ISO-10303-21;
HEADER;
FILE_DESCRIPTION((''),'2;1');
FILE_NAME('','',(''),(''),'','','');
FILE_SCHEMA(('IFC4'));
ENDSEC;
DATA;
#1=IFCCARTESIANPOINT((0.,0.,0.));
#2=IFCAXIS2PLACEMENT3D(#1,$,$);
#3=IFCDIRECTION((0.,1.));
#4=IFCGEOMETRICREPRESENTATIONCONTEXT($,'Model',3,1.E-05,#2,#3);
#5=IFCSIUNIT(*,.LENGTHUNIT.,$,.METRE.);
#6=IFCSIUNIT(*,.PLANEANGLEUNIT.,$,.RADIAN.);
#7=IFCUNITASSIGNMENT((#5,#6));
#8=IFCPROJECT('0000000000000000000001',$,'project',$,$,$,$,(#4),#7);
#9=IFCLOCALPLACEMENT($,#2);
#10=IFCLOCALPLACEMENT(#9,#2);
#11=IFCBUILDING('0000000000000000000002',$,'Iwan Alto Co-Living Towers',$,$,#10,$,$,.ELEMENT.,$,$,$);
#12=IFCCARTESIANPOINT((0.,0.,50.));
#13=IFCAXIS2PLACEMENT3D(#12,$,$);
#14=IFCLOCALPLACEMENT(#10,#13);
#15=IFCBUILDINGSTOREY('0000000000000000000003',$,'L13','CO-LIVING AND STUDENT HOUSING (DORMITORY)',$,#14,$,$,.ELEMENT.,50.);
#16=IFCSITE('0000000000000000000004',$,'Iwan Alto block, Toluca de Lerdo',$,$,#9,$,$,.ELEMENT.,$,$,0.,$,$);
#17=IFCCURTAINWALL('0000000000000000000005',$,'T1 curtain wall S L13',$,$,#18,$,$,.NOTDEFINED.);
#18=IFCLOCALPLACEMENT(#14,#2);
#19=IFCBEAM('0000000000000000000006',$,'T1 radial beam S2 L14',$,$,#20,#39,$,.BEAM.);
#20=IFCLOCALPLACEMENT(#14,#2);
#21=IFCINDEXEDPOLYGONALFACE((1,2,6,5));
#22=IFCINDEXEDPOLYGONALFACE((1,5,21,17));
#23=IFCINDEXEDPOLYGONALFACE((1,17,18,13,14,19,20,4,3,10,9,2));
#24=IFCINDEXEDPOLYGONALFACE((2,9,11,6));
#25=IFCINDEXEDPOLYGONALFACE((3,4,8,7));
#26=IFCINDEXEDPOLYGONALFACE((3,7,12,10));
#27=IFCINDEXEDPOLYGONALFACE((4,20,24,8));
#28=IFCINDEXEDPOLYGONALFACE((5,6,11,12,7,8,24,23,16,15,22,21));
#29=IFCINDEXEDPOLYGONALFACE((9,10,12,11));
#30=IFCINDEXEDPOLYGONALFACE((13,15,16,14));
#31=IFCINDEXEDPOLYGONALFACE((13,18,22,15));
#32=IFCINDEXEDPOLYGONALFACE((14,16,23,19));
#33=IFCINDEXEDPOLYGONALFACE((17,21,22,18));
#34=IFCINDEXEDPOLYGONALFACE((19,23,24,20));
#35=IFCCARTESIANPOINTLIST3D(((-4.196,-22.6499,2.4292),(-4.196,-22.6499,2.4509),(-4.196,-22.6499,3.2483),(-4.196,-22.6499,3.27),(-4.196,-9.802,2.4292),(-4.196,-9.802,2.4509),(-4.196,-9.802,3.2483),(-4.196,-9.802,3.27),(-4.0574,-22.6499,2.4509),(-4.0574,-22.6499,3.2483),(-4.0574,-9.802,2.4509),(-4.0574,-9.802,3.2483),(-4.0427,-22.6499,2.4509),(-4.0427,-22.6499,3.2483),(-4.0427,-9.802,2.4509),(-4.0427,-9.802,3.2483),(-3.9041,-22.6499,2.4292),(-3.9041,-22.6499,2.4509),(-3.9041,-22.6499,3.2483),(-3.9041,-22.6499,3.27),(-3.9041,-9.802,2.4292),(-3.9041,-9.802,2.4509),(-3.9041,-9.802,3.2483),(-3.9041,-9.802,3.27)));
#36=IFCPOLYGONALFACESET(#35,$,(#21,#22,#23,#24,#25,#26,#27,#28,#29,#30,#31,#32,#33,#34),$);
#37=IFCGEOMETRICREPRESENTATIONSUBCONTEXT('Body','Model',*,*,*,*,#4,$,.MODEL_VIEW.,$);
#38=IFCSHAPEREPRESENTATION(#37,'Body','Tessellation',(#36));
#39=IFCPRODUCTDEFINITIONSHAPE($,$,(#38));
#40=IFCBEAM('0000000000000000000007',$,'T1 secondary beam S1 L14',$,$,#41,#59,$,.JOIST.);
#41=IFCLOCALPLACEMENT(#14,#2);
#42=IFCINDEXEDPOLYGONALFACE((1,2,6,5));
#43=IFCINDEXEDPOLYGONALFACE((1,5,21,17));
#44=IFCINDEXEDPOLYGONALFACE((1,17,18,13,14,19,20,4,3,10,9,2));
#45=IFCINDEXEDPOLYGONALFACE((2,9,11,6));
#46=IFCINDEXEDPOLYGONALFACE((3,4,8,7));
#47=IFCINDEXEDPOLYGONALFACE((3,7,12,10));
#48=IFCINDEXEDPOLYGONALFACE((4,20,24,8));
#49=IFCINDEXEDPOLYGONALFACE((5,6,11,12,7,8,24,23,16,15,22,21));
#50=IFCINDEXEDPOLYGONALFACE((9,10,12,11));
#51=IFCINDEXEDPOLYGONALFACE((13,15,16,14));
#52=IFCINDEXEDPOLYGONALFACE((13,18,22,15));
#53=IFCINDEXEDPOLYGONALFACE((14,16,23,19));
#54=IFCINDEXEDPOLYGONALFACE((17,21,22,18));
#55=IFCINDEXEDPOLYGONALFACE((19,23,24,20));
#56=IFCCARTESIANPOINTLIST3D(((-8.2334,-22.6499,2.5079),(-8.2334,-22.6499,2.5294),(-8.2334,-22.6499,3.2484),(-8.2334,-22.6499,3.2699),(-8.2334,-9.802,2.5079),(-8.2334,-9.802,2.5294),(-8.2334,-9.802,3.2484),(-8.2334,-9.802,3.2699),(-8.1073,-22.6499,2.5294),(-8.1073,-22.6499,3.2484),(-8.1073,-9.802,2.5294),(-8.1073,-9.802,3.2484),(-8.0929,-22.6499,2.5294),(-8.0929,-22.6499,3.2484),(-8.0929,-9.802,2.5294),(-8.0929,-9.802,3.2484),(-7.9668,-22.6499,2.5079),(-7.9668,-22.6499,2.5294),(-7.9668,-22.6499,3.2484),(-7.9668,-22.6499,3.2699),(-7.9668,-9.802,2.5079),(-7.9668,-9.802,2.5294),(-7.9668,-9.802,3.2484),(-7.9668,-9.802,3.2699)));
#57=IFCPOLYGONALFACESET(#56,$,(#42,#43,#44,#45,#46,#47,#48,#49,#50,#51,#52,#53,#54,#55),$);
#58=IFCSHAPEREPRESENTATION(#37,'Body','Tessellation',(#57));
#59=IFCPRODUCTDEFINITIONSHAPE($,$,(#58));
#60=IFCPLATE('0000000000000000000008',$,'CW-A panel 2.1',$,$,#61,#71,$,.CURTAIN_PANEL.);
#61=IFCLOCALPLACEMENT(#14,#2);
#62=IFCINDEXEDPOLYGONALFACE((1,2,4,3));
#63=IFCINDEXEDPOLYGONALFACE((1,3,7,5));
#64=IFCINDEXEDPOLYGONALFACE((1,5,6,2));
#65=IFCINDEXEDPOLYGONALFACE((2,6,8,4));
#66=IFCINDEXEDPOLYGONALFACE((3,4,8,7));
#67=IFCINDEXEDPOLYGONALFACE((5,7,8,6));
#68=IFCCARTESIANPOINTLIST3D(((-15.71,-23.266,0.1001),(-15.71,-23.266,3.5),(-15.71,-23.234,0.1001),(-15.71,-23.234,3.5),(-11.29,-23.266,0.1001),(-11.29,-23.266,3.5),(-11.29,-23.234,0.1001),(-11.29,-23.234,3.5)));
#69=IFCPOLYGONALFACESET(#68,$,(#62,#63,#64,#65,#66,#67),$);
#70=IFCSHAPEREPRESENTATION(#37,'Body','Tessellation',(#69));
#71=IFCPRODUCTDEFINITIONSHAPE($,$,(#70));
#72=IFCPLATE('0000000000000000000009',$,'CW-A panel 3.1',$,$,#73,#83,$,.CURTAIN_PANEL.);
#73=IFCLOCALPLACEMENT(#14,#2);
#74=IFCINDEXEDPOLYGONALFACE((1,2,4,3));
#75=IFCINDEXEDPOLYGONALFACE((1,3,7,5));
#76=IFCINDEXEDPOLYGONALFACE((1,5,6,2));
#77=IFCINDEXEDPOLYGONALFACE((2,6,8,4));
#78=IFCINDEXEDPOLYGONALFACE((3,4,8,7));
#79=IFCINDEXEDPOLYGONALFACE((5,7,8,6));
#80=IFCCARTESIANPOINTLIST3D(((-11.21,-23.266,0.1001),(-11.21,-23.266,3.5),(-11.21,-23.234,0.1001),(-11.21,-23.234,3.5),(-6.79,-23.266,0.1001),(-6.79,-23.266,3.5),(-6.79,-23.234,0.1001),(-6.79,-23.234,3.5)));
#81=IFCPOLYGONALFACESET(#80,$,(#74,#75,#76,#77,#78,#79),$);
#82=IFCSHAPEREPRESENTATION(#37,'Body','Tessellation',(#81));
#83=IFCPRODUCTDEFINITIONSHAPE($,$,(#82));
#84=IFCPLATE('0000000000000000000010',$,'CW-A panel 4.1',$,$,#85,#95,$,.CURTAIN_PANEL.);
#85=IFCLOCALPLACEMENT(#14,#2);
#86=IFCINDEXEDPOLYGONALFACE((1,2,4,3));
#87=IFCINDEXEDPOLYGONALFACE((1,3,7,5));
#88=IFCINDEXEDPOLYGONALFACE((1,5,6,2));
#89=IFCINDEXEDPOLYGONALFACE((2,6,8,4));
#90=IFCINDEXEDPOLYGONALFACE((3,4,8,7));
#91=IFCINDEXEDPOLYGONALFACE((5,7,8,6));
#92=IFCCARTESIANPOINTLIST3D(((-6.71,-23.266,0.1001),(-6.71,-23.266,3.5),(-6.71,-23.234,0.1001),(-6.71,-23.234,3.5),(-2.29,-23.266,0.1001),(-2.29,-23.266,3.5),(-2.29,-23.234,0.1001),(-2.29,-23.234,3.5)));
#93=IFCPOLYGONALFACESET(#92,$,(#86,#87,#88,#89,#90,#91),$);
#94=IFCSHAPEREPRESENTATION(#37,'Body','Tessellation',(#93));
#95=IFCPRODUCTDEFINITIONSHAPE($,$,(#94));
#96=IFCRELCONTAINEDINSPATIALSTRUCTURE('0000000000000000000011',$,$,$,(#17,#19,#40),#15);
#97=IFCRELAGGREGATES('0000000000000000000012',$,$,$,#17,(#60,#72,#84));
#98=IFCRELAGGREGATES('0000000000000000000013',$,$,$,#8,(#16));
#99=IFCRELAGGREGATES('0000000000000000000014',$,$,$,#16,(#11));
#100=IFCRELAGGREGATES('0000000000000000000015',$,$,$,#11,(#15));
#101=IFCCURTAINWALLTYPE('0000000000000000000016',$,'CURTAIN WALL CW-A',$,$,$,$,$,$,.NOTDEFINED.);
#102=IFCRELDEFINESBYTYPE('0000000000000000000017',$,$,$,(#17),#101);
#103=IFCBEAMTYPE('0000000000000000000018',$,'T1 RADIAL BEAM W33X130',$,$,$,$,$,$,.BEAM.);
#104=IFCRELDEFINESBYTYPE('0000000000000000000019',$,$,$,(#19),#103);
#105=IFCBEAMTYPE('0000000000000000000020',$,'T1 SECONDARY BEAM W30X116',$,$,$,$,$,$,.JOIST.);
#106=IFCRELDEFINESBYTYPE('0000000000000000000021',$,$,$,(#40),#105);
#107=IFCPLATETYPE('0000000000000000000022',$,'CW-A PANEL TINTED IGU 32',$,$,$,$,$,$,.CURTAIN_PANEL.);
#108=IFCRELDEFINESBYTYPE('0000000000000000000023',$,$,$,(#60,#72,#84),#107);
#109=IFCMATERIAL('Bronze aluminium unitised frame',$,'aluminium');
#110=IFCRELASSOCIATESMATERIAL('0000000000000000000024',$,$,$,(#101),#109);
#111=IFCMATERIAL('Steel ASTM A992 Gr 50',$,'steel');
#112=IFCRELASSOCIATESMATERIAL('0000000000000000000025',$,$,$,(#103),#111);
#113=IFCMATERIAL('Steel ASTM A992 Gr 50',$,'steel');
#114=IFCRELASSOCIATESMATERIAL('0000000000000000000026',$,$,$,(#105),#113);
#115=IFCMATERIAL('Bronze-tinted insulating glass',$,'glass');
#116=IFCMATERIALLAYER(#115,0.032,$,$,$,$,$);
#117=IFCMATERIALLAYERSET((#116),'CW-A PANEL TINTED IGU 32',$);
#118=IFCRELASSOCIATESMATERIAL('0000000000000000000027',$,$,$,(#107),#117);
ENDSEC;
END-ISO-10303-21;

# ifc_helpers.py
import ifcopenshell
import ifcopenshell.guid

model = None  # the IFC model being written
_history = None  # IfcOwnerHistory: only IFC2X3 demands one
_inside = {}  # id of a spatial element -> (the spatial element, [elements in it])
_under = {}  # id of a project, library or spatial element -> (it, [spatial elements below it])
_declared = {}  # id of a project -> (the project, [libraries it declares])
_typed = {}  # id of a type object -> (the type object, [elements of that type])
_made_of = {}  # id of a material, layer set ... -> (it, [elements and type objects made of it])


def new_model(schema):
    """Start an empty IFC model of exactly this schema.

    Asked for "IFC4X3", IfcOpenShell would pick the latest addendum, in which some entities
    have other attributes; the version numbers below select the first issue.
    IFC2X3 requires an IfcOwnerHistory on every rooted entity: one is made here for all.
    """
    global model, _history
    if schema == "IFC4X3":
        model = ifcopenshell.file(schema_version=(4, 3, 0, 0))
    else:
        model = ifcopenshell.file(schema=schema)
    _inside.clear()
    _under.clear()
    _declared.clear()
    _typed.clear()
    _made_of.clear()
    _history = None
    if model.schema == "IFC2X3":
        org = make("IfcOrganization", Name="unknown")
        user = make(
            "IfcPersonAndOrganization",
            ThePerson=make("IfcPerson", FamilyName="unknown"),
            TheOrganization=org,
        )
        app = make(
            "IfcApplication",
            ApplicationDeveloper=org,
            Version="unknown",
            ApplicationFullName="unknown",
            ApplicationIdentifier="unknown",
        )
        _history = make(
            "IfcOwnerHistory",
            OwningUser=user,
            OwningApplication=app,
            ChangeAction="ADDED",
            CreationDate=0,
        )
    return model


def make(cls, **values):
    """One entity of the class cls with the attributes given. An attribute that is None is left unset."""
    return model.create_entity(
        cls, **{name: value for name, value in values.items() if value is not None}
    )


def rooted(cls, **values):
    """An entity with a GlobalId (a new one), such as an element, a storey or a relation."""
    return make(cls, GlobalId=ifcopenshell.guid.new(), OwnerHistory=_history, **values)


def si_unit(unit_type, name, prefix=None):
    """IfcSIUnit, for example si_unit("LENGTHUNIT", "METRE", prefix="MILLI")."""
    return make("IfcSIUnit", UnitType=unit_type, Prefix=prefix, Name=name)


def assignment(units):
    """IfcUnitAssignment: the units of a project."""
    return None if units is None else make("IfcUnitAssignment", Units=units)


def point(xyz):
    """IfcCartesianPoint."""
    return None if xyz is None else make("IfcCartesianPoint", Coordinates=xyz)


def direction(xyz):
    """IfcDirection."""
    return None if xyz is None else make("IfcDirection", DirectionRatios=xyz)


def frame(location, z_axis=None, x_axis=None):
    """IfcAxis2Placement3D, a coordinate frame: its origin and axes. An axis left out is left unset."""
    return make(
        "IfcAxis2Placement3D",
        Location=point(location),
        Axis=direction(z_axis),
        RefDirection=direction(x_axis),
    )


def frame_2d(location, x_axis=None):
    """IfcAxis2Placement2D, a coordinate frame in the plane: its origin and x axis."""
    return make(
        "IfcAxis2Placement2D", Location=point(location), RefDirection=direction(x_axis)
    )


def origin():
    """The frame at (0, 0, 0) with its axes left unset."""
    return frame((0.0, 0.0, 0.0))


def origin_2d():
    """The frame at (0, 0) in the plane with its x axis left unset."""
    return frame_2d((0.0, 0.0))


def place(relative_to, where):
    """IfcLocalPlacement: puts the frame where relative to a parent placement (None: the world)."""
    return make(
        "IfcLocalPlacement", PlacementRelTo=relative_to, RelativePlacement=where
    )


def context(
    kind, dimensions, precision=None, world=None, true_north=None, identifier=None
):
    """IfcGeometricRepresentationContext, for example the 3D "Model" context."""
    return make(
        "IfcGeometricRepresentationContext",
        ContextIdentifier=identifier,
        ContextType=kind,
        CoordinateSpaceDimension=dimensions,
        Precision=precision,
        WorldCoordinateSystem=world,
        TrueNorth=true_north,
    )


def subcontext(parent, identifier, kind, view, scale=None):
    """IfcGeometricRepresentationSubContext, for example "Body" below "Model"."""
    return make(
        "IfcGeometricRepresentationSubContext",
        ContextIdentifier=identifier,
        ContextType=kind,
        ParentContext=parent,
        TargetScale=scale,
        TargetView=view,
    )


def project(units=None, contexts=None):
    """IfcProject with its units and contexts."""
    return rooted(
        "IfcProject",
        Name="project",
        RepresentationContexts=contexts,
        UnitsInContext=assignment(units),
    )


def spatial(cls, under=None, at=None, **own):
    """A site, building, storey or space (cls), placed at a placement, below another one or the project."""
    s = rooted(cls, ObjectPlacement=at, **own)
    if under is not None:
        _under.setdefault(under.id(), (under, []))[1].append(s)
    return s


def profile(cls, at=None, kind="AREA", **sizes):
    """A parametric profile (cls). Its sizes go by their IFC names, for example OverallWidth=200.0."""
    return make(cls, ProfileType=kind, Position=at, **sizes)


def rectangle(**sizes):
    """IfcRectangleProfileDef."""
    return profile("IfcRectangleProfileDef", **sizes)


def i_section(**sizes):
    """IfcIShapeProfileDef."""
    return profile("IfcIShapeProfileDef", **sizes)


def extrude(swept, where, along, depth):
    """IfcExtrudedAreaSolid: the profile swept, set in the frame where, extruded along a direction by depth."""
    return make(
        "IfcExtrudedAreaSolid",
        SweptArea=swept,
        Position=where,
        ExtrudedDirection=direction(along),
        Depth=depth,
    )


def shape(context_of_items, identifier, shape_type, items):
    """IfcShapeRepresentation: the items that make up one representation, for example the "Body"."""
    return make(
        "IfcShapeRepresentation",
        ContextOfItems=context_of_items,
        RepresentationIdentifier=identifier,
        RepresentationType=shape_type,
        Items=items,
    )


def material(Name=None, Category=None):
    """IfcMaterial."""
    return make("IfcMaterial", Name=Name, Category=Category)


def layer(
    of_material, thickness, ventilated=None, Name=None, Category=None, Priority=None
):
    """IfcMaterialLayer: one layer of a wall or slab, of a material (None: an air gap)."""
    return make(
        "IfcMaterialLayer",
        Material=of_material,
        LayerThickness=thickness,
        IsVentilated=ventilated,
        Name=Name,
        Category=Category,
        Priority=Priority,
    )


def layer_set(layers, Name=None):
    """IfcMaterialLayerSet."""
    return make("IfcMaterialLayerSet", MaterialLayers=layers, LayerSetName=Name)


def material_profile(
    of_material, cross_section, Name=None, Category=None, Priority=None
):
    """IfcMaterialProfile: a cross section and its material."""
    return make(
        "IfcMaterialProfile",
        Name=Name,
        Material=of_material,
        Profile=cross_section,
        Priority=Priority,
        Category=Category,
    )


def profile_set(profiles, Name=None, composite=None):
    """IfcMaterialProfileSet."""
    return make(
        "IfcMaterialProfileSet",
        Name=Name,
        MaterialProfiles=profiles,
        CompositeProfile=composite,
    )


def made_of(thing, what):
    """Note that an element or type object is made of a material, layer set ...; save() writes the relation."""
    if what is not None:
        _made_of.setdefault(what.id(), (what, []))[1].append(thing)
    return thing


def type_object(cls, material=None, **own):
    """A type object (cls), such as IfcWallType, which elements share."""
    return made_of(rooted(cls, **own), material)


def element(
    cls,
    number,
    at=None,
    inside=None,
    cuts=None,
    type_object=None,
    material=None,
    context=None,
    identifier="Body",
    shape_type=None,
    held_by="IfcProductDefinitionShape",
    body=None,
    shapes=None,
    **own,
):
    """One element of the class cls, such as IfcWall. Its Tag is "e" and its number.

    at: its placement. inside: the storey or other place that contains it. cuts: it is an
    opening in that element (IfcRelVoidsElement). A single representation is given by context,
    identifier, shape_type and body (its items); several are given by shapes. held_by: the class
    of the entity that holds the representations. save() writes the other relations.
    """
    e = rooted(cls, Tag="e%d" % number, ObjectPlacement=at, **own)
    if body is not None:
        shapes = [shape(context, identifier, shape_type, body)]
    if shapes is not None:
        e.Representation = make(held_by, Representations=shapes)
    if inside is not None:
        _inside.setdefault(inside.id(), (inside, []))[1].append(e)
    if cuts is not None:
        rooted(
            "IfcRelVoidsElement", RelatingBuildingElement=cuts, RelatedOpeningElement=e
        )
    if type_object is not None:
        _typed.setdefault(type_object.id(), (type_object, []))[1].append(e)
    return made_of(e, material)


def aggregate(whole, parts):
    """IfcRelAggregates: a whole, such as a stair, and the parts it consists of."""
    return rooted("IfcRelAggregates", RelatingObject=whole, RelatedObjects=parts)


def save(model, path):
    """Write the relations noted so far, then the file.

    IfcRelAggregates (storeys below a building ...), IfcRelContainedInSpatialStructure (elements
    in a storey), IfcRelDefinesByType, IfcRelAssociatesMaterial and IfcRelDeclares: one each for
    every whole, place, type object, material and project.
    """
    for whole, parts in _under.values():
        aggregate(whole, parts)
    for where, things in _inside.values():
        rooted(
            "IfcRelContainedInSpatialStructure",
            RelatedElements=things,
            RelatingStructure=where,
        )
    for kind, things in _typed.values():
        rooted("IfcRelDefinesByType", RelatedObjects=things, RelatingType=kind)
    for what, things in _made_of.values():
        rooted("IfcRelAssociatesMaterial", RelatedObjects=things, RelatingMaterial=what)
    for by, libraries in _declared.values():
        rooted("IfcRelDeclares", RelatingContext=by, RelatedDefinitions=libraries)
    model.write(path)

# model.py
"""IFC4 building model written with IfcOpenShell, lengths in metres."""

from ifc_helpers import new_model, si_unit, direction, frame, origin, origin_2d, place, context, subcontext, project, spatial, rectangle, i_section, extrude, material, layer, layer_set, material_profile, profile_set, type_object, element, aggregate, save


model = new_model("IFC4")

# Units and contexts
model_context = context("Model", 3, precision=1e-05, world=origin(), true_north=direction((0.0, 1.0)))
body_context = subcontext(model_context, "Body", "Model", "MODEL_VIEW")
ifc_project = project(units=[si_unit("LENGTHUNIT", "METRE"), si_unit("PLANEANGLEUNIT", "RADIAN")], contexts=[model_context])

# Site, building, storey
site_placement = place(None, origin())
site = spatial("IfcSite", under=ifc_project, at=site_placement, Name="Iwan Alto block, Toluca de Lerdo", CompositionType="ELEMENT", RefElevation=0.0)
building_placement = place(site_placement, origin())
building = spatial("IfcBuilding", under=site, at=building_placement, Name="Iwan Alto Co-Living Towers", CompositionType="ELEMENT")
storey_placement = place(building_placement, frame((0.0, 0.0, 50.0)))
storey = spatial("IfcBuildingStorey", under=building, at=storey_placement, Name="L13", Description="CO-LIVING AND STUDENT HOUSING (DORMITORY)", CompositionType="ELEMENT", Elevation=50.0)

# Curtain wall
ifc_material_1 = material(Name="Bronze aluminium unitised frame", Category="aluminium")
curtain_wall_type = type_object("IfcCurtainWallType", Name="CURTAIN WALL CW-A", PredefinedType="NOTDEFINED", material=ifc_material_1)
curtain_wall_placement = place(storey_placement, origin())
curtain_wall = element("IfcCurtainWall", 1, at=curtain_wall_placement, inside=storey, type_object=curtain_wall_type, Name="T1 curtain wall S L13", PredefinedType="NOTDEFINED")

# Beams
ifc_material_2 = material(Name="Steel ASTM A992 Gr 50", Category="steel")
ifc_material_profile_1 = material_profile(ifc_material_2, i_section(OverallWidth=0.292, OverallDepth=0.8408, WebThickness=0.0146, FlangeThickness=0.0217, at=origin_2d()), Name="W33X130")
ifc_profile_set_1 = profile_set([ifc_material_profile_1], Name="Steel ASTM A992 Gr 50")
beam_type_1 = type_object("IfcBeamType", Name="T1 RADIAL BEAM W33X130", PredefinedType="BEAM", material=ifc_profile_set_1)
beam_1_placement = place(storey_placement, frame((-4.05, -22.6499, 2.8496), z_axis=(0.0, 1.0, 0.0), x_axis=(-1.0, 0.0, 0.0)))
element("IfcBeam", 2, at=beam_1_placement, inside=storey, type_object=beam_type_1, Name="T1 radial beam S2 L14", PredefinedType="BEAM", context=body_context, shape_type="SweptSolid", body=[
    extrude(i_section(OverallWidth=0.292, OverallDepth=0.8408, WebThickness=0.0146, FlangeThickness=0.0217, at=origin_2d()), origin(), (0.0, 0.0, 1.0), 12.8479),
])
ifc_material_3 = material(Name="Steel ASTM A992 Gr 50", Category="steel")
ifc_material_profile_2 = material_profile(ifc_material_3, i_section(OverallWidth=0.2666, OverallDepth=0.762, WebThickness=0.0144, FlangeThickness=0.0215, at=origin_2d()), Name="W30X116")
ifc_profile_set_2 = profile_set([ifc_material_profile_2], Name="Steel ASTM A992 Gr 50")
beam_type_2 = type_object("IfcBeamType", Name="T1 SECONDARY BEAM W30X116", PredefinedType="JOIST", material=ifc_profile_set_2)
beam_2_placement = place(storey_placement, frame((-8.1001, -22.6499, 2.8889), z_axis=(0.0, 1.0, 0.0), x_axis=(-1.0, 0.0, 0.0)))
element("IfcBeam", 3, at=beam_2_placement, inside=storey, type_object=beam_type_2, Name="T1 secondary beam S1 L14", PredefinedType="JOIST", context=body_context, shape_type="SweptSolid", body=[
    extrude(i_section(OverallWidth=0.2666, OverallDepth=0.762, WebThickness=0.0144, FlangeThickness=0.0215, at=origin_2d()), origin(), (0.0, 0.0, 1.0), 12.8479),
])

# Plates
ifc_material_4 = material(Name="Bronze-tinted insulating glass", Category="glass")
ifc_layer_1 = layer(ifc_material_4, 0.032)
ifc_layer_set_1 = layer_set([ifc_layer_1], Name="CW-A PANEL TINTED IGU 32")
plate_type = type_object("IfcPlateType", Name="CW-A PANEL TINTED IGU 32", PredefinedType="CURTAIN_PANEL", material=ifc_layer_set_1)
plate_1_placement = place(storey_placement, frame((-13.5, -23.25, 0.1001), z_axis=(0.0, 0.0, 1.0), x_axis=(1.0, 0.0, 0.0)))
plate_1 = element("IfcPlate", 4, at=plate_1_placement, type_object=plate_type, Name="CW-A panel 2.1", PredefinedType="CURTAIN_PANEL", context=body_context, shape_type="SweptSolid", body=[
    extrude(rectangle(XDim=4.4199, YDim=0.032, at=origin_2d()), origin(), (0.0, 0.0, 1.0), 3.3999),
])
plate_2_placement = place(storey_placement, frame((-9.0, -23.25, 0.1001), z_axis=(0.0, 0.0, 1.0), x_axis=(1.0, 0.0, 0.0)))
plate_2 = element("IfcPlate", 5, at=plate_2_placement, type_object=plate_type, Name="CW-A panel 3.1", PredefinedType="CURTAIN_PANEL", context=body_context, shape_type="SweptSolid", body=[
    extrude(rectangle(XDim=4.4199, YDim=0.032, at=origin_2d()), origin(), (0.0, 0.0, 1.0), 3.3999),
])
plate_3_placement = place(storey_placement, frame((-4.5, -23.25, 0.1001), z_axis=(0.0, 0.0, 1.0), x_axis=(1.0, 0.0, 0.0)))
plate_3 = element("IfcPlate", 6, at=plate_3_placement, type_object=plate_type, Name="CW-A panel 4.1", PredefinedType="CURTAIN_PANEL", context=body_context, shape_type="SweptSolid", body=[
    extrude(rectangle(XDim=4.4199, YDim=0.032, at=origin_2d()), origin(), (0.0, 0.0, 1.0), 3.3999),
])
aggregate(curtain_wall, [plate_1, plate_2, plate_3])

save(model, "model.ifc")
